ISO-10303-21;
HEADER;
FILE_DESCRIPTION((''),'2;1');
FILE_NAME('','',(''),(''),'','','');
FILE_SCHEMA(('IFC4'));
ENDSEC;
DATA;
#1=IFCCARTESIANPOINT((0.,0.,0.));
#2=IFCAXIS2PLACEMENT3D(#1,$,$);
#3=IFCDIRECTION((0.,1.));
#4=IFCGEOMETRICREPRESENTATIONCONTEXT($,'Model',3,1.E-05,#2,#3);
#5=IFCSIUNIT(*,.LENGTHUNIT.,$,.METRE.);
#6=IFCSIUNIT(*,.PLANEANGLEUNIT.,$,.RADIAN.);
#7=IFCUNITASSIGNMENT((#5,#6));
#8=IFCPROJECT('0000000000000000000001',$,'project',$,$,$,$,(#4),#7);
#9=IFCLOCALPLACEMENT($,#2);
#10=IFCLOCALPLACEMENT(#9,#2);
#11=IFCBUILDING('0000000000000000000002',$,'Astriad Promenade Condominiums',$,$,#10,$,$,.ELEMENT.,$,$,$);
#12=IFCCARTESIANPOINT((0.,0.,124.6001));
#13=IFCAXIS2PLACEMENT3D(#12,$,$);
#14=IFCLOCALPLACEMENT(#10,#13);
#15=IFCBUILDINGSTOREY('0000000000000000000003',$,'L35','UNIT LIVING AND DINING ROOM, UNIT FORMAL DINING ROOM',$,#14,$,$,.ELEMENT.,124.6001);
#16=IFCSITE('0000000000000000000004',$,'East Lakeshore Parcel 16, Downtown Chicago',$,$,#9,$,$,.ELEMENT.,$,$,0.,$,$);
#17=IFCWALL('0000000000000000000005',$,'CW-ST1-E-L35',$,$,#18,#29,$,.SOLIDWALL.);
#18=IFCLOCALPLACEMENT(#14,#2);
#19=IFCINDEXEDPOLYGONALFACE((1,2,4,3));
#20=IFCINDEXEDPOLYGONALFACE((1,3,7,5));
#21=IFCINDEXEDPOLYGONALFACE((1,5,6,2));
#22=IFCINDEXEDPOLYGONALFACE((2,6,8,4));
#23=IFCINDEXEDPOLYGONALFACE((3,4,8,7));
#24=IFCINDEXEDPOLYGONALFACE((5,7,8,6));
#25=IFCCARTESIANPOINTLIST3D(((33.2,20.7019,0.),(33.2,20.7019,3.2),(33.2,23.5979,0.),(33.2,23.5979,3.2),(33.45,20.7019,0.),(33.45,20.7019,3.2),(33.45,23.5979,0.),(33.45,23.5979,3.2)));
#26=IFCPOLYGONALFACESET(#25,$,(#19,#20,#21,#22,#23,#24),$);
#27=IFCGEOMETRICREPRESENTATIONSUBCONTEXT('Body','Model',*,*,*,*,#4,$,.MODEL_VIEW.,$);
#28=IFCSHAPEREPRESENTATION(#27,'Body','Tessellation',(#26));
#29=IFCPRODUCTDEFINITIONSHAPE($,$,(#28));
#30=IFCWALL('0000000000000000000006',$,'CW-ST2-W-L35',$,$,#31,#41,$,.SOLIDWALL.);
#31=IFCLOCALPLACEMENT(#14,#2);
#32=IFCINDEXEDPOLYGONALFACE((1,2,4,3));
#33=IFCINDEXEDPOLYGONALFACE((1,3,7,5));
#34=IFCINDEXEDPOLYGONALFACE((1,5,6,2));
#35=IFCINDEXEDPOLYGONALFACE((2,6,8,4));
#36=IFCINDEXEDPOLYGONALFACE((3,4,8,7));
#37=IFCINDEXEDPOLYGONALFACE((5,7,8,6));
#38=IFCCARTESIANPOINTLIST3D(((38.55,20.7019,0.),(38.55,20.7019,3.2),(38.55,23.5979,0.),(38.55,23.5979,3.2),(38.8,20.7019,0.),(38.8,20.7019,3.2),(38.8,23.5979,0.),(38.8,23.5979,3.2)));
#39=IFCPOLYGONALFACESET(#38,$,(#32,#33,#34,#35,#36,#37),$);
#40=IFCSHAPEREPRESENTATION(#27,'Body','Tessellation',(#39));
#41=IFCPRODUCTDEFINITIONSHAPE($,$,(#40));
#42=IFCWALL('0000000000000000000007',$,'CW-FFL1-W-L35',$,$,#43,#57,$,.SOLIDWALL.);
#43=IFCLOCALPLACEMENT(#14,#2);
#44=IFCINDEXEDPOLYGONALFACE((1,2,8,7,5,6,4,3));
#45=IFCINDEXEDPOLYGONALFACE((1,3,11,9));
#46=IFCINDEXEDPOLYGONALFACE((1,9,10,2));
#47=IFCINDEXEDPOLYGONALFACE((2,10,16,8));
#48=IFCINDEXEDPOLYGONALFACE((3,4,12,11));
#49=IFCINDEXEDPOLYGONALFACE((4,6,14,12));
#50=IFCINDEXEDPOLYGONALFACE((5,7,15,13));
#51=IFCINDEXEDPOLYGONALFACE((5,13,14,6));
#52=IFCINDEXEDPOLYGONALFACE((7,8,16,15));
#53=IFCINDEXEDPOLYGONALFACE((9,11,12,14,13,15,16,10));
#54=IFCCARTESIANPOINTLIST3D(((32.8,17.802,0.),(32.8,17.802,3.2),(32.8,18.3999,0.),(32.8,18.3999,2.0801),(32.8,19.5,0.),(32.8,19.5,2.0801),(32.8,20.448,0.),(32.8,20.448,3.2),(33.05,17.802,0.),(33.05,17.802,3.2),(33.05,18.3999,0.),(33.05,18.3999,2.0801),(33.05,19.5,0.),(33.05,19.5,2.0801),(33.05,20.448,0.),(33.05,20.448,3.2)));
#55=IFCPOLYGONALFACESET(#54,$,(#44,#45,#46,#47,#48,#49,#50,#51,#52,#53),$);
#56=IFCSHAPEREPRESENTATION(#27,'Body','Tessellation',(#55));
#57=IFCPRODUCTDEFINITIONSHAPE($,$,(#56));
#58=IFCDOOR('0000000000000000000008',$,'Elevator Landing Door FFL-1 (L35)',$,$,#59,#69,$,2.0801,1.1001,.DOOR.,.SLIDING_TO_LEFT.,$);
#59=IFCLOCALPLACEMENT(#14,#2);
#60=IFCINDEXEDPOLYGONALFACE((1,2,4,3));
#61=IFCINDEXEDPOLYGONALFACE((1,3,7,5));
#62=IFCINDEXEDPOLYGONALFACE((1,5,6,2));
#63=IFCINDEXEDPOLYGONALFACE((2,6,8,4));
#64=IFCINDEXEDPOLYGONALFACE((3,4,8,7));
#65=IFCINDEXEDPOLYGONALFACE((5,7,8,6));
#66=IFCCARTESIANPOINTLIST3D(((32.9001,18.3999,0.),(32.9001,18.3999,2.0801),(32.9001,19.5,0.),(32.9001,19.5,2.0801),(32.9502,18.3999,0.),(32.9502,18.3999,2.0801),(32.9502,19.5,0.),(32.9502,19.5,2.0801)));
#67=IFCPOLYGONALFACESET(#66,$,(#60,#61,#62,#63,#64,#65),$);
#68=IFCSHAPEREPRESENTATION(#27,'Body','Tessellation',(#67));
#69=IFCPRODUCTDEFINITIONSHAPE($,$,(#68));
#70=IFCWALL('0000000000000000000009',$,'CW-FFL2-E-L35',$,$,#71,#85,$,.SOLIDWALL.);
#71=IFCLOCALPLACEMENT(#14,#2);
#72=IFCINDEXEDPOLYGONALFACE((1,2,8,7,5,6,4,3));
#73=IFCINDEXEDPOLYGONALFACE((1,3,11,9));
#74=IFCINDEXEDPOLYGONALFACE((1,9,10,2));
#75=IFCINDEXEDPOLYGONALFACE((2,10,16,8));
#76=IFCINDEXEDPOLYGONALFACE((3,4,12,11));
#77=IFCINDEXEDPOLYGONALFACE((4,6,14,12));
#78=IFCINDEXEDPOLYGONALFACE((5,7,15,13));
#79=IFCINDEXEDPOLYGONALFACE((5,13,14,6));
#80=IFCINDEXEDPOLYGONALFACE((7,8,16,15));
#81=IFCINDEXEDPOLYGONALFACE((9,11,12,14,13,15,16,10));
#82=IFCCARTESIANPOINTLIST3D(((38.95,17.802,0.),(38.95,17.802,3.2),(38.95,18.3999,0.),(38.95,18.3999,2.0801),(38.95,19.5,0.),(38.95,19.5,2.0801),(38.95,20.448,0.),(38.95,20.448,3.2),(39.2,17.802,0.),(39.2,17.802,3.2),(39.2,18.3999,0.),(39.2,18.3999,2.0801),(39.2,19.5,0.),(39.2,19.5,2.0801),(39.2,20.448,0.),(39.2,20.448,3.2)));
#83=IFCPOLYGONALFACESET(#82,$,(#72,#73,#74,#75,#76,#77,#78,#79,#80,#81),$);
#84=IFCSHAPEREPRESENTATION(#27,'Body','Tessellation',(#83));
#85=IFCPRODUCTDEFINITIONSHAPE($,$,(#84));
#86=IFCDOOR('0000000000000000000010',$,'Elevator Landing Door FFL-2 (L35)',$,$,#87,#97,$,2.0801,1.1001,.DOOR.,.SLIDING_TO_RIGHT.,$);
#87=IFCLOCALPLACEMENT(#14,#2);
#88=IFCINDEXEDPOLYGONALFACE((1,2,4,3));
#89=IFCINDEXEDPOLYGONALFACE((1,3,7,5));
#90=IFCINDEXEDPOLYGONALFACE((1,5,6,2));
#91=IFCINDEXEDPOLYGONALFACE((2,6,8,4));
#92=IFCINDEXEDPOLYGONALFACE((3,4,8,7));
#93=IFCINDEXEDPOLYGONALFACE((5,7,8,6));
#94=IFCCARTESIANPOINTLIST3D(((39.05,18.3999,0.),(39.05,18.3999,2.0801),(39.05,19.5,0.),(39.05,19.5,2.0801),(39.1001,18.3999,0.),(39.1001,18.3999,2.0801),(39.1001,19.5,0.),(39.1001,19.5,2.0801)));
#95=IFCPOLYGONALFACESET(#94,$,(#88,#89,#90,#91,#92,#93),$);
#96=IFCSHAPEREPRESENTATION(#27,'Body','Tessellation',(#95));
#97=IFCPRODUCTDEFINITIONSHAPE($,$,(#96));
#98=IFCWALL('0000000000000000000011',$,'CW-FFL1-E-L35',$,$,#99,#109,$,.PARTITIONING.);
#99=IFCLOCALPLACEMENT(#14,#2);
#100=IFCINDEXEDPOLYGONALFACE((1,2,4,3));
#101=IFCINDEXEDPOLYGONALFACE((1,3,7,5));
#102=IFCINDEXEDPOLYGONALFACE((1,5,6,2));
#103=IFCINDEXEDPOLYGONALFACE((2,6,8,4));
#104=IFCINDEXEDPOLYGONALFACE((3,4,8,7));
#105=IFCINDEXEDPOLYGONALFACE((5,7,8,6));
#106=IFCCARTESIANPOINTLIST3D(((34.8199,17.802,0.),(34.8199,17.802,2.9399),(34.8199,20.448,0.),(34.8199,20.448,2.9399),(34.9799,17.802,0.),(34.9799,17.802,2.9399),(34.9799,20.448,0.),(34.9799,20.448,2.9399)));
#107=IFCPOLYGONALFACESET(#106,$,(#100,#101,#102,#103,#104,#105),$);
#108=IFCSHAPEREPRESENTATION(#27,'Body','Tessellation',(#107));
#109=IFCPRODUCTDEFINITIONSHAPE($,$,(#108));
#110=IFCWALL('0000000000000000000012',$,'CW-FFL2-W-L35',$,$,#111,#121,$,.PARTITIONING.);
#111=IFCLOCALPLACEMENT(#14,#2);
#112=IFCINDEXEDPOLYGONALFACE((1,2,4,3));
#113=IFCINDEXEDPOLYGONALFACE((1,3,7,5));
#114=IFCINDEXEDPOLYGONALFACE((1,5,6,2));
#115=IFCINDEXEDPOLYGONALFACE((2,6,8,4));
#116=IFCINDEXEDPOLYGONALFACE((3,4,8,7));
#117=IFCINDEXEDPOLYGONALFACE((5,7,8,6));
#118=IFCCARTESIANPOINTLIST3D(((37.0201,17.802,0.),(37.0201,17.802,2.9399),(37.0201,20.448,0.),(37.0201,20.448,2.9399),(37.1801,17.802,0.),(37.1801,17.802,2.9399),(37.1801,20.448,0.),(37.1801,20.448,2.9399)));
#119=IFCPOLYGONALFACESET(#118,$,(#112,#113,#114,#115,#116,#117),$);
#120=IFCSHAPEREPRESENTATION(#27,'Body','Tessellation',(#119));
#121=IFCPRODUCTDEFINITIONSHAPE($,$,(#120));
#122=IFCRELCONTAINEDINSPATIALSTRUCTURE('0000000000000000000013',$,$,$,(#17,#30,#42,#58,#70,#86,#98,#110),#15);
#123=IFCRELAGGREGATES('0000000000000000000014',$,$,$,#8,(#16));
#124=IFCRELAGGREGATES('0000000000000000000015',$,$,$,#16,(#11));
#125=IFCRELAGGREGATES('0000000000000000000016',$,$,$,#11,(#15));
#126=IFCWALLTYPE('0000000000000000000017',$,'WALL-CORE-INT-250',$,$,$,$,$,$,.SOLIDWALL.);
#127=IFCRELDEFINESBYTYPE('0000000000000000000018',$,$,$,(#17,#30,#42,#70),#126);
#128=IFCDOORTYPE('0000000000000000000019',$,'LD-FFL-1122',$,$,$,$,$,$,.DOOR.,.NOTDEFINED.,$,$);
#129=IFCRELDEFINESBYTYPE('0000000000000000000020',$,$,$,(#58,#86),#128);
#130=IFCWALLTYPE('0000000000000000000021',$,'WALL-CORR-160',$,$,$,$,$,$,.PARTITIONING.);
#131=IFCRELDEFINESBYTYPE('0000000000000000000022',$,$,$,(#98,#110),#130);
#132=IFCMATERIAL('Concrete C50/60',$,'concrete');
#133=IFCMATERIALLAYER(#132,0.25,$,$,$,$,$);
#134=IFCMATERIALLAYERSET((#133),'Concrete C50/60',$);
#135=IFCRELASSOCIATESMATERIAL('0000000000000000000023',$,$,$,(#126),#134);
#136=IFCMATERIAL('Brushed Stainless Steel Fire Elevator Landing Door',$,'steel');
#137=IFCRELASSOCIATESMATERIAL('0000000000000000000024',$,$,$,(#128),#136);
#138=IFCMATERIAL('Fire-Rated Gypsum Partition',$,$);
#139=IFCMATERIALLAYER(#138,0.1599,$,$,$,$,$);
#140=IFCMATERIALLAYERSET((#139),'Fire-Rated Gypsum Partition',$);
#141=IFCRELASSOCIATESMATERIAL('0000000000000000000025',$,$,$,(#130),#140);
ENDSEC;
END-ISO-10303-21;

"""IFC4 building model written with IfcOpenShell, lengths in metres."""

from ifc_helpers import new_model, si_unit, direction, frame, frame_2d, origin, place, context, subcontext, project, spatial, rectangle, extrude, source, transform, mapped, material, layer, layer_set, type_object, type_shapes, element, fill, save


model = new_model("IFC4")

# Units and contexts
model_context = context("Model", 3, precision=1e-05, world=origin(), true_north=direction((0.0, 1.0)))
body_context = subcontext(model_context, "Body", "Model", "MODEL_VIEW")
ifc_project = project(units=[si_unit("LENGTHUNIT", "METRE"), si_unit("PLANEANGLEUNIT", "RADIAN")], contexts=[model_context])

# Site, building, storey
site_placement = place(None, origin())
site = spatial("IfcSite", under=ifc_project, at=site_placement, Name="East Lakeshore Parcel 16, Downtown Chicago", CompositionType="ELEMENT", RefElevation=0.0)
building_placement = place(site_placement, origin())
building = spatial("IfcBuilding", under=site, at=building_placement, Name="Astriad Promenade Condominiums", CompositionType="ELEMENT")
storey_placement = place(building_placement, frame((0.0, 0.0, 124.6001)))
storey = spatial("IfcBuildingStorey", under=building, at=storey_placement, Name="L35", Description="UNIT LIVING AND DINING ROOM, UNIT FORMAL DINING ROOM", CompositionType="ELEMENT", Elevation=124.6001)

# Shared definitions
ifc_material_1 = material(Name="Concrete C50/60", Category="concrete")
ifc_layer_1 = layer(ifc_material_1, 0.25)
ifc_layer_set_1 = layer_set([ifc_layer_1], Name="Concrete C50/60")
wall_type_1 = type_object("IfcWallType", Name="WALL-CORE-INT-250", PredefinedType="SOLIDWALL", material=ifc_layer_set_1)

# Walls
for number, where, z_axis, x_axis, name in (
    (1, (33.325, 20.7019, 0.0), (0.0, 0.0, 1.0), (0.0, 1.0, 0.0), "CW-ST1-E-L35"),
    (2, (38.675, 20.7019, 0.0), (0.0, 0.0, 1.0), (0.0, 1.0, 0.0), "CW-ST2-W-L35"),
):
    element("IfcWall", number, at=place(storey_placement, frame(where, z_axis=z_axis, x_axis=x_axis)), inside=storey, type_object=wall_type_1, Name=name, PredefinedType="SOLIDWALL", context=body_context, shape_type="SweptSolid", body=[
        extrude(rectangle(XDim=2.896, YDim=0.25, at=frame_2d((1.448, 0.0))), origin(), (0.0, 0.0, 1.0), 3.2),
    ])

# Walls, openings, doors
wall_1_placement = place(storey_placement, frame((32.925, 17.802, 0.0), z_axis=(0.0, 0.0, 1.0), x_axis=(0.0, 1.0, 0.0)))
wall_1 = element("IfcWall", 3, at=wall_1_placement, inside=storey, type_object=wall_type_1, Name="CW-FFL1-W-L35", PredefinedType="SOLIDWALL", context=body_context, shape_type="SweptSolid", body=[
    extrude(rectangle(XDim=2.646, YDim=0.25, at=frame_2d((1.323, 0.0))), origin(), (0.0, 0.0, 1.0), 3.2),
])
opening_1_placement = place(wall_1_placement, frame((0.5979, 0.0, 0.0)))
opening_1 = element("IfcOpeningElement", 4, at=opening_1_placement, cuts=wall_1, PredefinedType="OPENING", context=body_context, shape_type="SweptSolid", body=[
    extrude(rectangle(XDim=1.1001, YDim=2.0801, at=frame_2d((0.55, 1.04))), frame((0.0, 0.135, 0.0), z_axis=(0.0, -1.0, 0.0), x_axis=(1.0, 0.0, 0.0)), (0.0, 0.0, 1.0), 0.27),
])
ifc_material_2 = material(Name="Brushed Stainless Steel Fire Elevator Landing Door", Category="steel")
door_type_1 = type_object("IfcDoorType", Name="LD-FFL-1122", OperationType="NOTDEFINED", PredefinedType="DOOR", material=ifc_material_2)
shared_shape_1 = source(origin(), body_context, "Body", "SweptSolid", [
    extrude(rectangle(XDim=1.1001, YDim=2.0801, at=frame_2d((0.55, 1.04))), frame((0.0, 0.0249, 0.0), z_axis=(0.0, -1.0, 0.0), x_axis=(1.0, 0.0, 0.0)), (0.0, 0.0, 1.0), 0.05),
])
type_shapes(door_type_1, [shared_shape_1])
door_1_placement = place(opening_1_placement, origin())
door_1 = element("IfcDoor", 5, at=door_1_placement, inside=storey, type_object=door_type_1, Name="Elevator Landing Door FFL-1 (L35)", OperationType="SLIDING_TO_LEFT", OverallHeight=2.0801, OverallWidth=1.1001, PredefinedType="DOOR", context=body_context, shape_type="MappedRepresentation", body=[
    mapped(shared_shape_1, transform((0.0, 0.0, 0.0), scale=1.0)),
])
fill(opening_1, door_1)
wall_2_placement = place(storey_placement, frame((39.075, 17.802, 0.0), z_axis=(0.0, 0.0, 1.0), x_axis=(0.0, 1.0, 0.0)))
wall_2 = element("IfcWall", 6, at=wall_2_placement, inside=storey, type_object=wall_type_1, Name="CW-FFL2-E-L35", PredefinedType="SOLIDWALL", context=body_context, shape_type="SweptSolid", body=[
    extrude(rectangle(XDim=2.646, YDim=0.25, at=frame_2d((1.323, 0.0))), origin(), (0.0, 0.0, 1.0), 3.2),
])
opening_2_placement = place(wall_2_placement, frame((0.5979, 0.0, 0.0)))
opening_2 = element("IfcOpeningElement", 7, at=opening_2_placement, cuts=wall_2, PredefinedType="OPENING", context=body_context, shape_type="SweptSolid", body=[
    extrude(rectangle(XDim=1.1001, YDim=2.0801, at=frame_2d((0.55, 1.04))), frame((0.0, 0.135, 0.0), z_axis=(0.0, -1.0, 0.0), x_axis=(1.0, 0.0, 0.0)), (0.0, 0.0, 1.0), 0.27),
])
door_2_placement = place(opening_2_placement, origin())
door_2 = element("IfcDoor", 8, at=door_2_placement, inside=storey, type_object=door_type_1, Name="Elevator Landing Door FFL-2 (L35)", OperationType="SLIDING_TO_RIGHT", OverallHeight=2.0801, OverallWidth=1.1001, PredefinedType="DOOR", context=body_context, shape_type="MappedRepresentation", body=[
    mapped(shared_shape_1, transform((0.0, 0.0, 0.0), scale=1.0)),
])
fill(opening_2, door_2)

# Walls
ifc_material_3 = material(Name="Fire-Rated Gypsum Partition")
ifc_layer_2 = layer(ifc_material_3, 0.1599)
ifc_layer_set_2 = layer_set([ifc_layer_2], Name="Fire-Rated Gypsum Partition")
wall_type_2 = type_object("IfcWallType", Name="WALL-CORR-160", PredefinedType="PARTITIONING", material=ifc_layer_set_2)
for number, where, z_axis, x_axis, name in (
    (9, (34.8999, 17.802, 0.0), (0.0, 0.0, 1.0), (0.0, 1.0, 0.0), "CW-FFL1-E-L35"),
    (10, (37.1001, 17.802, 0.0), (0.0, 0.0, 1.0), (0.0, 1.0, 0.0), "CW-FFL2-W-L35"),
):
    element("IfcWall", number, at=place(storey_placement, frame(where, z_axis=z_axis, x_axis=x_axis)), inside=storey, type_object=wall_type_2, Name=name, PredefinedType="PARTITIONING", context=body_context, shape_type="SweptSolid", body=[
        extrude(rectangle(XDim=2.646, YDim=0.1599, at=frame_2d((1.323, 0.0))), origin(), (0.0, 0.0, 1.0), 2.9399),
    ])

save(model, "model.ifc")
